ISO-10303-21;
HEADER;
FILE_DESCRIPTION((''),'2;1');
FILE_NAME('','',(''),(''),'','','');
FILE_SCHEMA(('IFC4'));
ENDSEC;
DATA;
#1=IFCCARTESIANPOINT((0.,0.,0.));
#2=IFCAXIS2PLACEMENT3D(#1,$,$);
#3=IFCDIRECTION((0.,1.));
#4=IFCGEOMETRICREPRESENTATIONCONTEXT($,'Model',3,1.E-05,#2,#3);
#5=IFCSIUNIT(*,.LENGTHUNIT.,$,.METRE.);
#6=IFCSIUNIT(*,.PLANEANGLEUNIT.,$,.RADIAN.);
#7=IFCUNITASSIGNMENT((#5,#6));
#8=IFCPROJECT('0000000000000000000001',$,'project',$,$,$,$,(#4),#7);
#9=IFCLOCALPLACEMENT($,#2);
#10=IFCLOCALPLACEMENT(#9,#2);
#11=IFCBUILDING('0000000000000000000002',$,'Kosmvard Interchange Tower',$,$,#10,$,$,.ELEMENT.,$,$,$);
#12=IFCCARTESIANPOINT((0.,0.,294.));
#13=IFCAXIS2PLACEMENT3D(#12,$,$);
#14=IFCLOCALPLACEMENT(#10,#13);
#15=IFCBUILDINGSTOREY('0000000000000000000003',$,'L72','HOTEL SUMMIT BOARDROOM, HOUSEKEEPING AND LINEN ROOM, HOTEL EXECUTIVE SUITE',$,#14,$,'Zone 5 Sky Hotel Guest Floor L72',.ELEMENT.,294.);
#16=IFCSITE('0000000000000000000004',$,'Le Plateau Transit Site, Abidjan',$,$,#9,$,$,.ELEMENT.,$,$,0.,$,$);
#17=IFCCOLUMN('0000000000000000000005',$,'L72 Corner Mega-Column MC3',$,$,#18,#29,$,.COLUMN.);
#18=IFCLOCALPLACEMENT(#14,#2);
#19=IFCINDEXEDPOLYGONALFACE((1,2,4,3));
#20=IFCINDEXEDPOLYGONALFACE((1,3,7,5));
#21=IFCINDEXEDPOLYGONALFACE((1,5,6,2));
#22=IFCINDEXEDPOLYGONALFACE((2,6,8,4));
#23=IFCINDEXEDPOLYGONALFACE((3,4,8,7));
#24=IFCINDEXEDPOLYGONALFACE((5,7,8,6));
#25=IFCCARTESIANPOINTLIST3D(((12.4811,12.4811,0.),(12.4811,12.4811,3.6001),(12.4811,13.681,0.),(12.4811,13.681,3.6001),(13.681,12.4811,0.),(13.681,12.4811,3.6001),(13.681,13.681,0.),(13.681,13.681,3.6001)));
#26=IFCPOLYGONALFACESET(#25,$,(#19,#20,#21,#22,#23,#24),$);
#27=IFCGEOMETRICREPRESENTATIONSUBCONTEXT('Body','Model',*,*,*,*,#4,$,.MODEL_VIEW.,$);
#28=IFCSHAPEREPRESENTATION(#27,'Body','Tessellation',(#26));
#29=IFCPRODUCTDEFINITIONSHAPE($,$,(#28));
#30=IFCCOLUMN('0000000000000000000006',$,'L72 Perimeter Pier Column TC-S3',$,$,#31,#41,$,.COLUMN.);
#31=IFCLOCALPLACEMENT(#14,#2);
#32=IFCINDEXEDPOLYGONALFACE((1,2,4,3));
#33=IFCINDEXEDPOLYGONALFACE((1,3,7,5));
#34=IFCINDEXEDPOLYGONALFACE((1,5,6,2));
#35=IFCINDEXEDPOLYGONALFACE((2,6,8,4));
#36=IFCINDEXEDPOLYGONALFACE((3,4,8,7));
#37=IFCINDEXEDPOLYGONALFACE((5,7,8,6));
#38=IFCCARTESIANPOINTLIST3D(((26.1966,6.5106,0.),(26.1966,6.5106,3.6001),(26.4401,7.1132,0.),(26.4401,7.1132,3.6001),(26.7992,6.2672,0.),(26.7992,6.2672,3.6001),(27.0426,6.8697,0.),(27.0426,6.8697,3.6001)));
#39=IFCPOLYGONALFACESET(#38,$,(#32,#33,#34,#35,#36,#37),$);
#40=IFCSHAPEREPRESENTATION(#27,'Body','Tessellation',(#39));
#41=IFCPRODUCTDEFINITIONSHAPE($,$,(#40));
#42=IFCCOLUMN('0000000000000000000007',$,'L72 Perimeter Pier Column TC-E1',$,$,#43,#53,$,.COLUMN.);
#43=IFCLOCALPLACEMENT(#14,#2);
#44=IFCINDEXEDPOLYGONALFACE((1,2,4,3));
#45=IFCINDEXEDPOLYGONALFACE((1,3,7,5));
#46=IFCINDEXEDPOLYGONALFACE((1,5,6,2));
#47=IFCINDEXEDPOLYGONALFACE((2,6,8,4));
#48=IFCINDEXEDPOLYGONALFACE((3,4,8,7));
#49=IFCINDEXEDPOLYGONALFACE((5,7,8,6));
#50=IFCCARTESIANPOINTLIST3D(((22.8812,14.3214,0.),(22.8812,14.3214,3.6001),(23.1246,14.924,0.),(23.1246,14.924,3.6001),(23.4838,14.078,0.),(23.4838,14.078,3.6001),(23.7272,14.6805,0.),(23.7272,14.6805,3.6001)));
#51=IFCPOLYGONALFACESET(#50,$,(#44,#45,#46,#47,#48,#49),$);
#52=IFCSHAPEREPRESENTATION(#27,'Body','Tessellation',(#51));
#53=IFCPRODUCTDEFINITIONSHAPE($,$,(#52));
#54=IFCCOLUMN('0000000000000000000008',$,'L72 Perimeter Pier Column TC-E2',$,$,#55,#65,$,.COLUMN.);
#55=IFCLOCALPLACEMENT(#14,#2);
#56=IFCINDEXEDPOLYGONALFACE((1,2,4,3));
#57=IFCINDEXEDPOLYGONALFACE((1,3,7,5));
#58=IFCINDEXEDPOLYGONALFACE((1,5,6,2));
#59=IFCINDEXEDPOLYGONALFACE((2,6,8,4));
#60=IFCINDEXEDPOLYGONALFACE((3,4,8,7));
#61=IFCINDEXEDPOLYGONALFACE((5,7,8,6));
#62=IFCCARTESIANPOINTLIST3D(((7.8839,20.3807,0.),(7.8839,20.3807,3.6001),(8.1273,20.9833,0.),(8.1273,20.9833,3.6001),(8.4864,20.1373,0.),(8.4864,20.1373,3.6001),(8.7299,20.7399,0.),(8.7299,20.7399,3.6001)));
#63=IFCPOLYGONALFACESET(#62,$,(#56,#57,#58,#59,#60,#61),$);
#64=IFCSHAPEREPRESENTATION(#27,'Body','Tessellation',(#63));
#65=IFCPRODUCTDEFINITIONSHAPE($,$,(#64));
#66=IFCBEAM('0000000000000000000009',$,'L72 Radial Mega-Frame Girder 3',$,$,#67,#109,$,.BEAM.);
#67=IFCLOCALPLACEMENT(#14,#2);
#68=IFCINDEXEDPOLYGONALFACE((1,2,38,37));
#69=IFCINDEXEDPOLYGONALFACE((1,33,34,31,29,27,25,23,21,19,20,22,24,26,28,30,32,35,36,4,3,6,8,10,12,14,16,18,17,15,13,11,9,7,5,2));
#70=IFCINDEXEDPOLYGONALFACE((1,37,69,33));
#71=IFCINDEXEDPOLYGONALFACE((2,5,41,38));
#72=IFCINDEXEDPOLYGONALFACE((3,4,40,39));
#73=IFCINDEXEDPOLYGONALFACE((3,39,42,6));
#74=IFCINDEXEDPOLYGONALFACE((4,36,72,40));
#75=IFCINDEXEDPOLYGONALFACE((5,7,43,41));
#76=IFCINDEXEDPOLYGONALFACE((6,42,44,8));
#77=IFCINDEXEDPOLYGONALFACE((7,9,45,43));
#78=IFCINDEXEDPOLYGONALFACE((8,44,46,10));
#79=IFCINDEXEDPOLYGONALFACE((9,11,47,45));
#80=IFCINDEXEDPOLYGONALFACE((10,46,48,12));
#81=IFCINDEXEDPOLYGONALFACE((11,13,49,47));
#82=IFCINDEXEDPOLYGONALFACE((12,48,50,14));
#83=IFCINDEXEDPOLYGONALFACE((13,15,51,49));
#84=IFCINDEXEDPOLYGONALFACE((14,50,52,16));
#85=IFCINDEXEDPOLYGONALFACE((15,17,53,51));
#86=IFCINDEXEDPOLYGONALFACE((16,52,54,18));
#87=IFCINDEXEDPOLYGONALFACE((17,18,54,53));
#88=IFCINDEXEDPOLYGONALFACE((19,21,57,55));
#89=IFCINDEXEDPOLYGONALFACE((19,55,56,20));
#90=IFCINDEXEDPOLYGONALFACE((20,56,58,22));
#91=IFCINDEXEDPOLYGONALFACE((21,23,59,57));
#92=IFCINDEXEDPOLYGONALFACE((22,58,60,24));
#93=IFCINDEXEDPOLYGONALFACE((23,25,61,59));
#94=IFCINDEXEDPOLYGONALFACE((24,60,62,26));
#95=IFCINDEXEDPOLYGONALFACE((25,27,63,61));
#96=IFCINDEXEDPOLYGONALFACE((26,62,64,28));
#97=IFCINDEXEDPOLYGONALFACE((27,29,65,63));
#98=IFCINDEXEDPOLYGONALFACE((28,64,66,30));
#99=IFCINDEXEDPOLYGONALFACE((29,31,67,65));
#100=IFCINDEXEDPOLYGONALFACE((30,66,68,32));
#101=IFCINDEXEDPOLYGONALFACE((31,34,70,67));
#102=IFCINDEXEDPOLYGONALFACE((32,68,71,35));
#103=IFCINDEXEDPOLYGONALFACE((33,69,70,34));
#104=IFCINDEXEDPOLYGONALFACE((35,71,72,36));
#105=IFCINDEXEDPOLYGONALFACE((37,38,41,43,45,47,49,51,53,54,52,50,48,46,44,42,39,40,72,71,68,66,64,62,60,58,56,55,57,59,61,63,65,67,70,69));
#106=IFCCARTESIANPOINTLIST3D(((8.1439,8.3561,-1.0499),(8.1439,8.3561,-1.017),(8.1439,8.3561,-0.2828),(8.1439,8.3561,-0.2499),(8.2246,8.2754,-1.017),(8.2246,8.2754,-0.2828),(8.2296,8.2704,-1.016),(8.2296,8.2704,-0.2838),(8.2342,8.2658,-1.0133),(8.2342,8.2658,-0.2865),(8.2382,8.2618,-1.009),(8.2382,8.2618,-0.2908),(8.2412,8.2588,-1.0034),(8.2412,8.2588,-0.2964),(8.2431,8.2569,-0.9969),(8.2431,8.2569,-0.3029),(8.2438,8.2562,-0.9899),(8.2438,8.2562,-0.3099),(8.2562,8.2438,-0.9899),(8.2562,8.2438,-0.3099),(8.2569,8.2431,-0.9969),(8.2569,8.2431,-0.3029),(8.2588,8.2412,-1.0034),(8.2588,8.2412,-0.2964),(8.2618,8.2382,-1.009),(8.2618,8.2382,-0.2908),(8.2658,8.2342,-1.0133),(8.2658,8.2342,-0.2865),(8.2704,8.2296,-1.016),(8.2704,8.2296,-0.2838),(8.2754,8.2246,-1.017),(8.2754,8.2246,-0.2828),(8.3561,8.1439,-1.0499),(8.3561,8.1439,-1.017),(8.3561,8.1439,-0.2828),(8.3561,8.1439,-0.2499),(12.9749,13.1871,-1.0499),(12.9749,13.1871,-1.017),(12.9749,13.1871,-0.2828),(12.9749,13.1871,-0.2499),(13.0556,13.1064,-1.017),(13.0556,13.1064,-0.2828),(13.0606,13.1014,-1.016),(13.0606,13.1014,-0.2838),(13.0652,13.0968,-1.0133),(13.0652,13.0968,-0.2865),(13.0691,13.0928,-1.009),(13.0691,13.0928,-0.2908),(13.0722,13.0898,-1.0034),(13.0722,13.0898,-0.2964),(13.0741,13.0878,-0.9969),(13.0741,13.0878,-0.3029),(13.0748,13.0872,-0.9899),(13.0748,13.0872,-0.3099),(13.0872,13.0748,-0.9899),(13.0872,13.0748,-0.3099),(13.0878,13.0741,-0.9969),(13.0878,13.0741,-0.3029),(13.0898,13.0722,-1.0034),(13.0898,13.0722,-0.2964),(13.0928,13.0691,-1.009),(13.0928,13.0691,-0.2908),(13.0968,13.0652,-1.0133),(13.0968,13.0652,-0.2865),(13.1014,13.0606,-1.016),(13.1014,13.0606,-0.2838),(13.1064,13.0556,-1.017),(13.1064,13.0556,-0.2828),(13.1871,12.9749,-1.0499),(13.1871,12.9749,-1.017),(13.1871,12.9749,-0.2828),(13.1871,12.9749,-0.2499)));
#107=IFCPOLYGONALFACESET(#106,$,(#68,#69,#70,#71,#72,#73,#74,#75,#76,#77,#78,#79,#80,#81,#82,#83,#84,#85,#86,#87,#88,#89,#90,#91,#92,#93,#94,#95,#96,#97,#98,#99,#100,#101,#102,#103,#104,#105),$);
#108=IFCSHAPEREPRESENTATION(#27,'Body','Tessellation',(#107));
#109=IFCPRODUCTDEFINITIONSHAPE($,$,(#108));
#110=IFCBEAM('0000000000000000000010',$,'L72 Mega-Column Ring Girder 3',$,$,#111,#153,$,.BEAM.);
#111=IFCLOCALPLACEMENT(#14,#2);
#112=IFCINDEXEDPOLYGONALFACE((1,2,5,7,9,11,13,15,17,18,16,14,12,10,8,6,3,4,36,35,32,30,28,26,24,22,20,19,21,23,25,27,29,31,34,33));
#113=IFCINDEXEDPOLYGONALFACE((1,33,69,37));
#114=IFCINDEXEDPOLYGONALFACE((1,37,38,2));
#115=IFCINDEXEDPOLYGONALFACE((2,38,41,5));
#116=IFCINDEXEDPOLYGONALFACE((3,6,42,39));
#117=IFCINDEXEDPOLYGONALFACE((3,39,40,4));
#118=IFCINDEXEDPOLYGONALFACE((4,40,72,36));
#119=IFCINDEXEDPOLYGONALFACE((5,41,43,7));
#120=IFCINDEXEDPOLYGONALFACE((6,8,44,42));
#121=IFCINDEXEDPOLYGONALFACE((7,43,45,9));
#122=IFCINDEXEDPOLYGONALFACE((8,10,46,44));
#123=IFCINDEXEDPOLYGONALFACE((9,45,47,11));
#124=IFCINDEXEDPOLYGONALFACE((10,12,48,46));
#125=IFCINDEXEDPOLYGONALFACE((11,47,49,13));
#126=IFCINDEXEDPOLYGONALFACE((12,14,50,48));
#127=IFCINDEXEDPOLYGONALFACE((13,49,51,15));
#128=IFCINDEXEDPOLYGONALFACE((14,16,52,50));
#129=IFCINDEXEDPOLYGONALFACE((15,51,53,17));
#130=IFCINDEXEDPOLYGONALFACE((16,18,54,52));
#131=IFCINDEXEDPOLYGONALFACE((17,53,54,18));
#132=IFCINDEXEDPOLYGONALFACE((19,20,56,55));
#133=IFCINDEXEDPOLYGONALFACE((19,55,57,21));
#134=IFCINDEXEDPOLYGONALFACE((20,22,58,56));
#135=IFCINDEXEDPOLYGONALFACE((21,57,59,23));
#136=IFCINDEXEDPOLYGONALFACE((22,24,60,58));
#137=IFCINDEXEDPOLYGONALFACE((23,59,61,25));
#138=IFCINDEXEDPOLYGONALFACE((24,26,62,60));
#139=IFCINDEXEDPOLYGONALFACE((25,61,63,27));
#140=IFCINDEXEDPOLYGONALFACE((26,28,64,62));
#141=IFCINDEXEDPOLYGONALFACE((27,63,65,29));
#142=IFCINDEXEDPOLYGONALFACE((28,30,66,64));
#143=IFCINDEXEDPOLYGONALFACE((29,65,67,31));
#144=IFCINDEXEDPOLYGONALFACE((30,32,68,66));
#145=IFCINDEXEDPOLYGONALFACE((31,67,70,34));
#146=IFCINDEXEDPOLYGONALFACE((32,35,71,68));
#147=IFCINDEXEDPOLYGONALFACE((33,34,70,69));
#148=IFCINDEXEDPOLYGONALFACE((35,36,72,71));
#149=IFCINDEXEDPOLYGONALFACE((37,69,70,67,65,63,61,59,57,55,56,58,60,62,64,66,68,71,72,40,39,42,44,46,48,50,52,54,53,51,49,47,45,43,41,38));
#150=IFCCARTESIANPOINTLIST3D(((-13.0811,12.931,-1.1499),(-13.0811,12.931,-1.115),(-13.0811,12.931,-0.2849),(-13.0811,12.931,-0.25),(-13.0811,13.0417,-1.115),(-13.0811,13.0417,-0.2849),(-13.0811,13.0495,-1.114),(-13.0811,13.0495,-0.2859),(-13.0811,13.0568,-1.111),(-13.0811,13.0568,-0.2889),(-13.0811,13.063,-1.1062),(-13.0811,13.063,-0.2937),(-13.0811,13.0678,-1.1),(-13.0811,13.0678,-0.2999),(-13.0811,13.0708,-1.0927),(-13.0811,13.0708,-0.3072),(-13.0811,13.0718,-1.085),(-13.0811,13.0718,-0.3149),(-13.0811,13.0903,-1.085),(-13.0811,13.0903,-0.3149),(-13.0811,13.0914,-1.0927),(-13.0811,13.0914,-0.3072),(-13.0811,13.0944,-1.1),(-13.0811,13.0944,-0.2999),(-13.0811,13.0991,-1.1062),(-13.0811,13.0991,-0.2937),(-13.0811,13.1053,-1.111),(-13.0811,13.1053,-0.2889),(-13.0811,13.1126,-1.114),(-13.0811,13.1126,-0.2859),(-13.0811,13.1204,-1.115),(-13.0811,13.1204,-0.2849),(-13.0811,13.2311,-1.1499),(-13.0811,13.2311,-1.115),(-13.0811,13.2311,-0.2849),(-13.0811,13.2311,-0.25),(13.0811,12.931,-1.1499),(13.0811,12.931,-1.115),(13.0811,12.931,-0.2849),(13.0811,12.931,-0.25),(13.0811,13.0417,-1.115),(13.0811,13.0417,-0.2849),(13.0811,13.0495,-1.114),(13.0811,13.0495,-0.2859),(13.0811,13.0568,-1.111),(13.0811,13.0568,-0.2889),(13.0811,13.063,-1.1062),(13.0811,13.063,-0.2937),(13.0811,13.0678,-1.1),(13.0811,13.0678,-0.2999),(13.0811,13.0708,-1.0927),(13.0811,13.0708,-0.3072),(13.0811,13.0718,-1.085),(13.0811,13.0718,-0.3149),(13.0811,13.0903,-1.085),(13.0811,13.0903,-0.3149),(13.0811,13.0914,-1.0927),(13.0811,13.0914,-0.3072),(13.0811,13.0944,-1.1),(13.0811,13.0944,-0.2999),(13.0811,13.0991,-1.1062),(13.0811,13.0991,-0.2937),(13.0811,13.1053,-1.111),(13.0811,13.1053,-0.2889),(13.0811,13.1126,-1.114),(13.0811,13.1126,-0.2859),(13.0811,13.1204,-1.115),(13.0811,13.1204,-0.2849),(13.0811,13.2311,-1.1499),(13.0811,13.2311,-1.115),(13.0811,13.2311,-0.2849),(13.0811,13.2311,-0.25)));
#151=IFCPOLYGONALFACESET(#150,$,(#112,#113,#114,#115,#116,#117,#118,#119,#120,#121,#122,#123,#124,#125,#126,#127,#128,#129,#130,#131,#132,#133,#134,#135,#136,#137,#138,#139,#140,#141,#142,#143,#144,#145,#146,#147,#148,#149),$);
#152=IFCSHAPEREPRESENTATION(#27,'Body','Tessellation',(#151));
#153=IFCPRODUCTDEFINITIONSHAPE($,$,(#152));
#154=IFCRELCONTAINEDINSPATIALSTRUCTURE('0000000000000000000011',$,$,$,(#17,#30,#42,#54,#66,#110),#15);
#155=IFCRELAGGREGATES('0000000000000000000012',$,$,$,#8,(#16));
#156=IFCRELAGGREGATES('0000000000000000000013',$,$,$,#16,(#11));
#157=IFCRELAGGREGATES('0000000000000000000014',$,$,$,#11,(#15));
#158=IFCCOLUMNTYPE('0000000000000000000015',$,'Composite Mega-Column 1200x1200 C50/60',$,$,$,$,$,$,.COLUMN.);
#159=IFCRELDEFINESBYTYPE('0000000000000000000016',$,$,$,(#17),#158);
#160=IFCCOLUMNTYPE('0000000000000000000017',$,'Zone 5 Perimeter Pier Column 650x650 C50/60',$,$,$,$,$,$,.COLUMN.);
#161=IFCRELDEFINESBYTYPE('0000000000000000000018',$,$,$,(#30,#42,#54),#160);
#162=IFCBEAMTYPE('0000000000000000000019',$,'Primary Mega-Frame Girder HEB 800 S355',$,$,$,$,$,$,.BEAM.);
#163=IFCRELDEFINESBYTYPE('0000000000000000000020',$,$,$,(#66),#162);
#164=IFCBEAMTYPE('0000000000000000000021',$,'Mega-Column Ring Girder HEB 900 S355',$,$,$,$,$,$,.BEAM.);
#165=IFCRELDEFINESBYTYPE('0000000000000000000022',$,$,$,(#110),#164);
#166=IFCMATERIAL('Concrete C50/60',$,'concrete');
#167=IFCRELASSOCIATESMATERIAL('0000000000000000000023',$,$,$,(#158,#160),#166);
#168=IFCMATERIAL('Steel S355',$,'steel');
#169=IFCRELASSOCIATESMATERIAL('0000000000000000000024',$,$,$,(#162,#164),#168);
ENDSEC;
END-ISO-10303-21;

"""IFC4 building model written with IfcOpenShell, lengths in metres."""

from ifc_helpers import new_model, si_unit, direction, frame, origin, origin_2d, place, context, subcontext, project, spatial, rectangle, i_section, extrude, source, transform, mapped, material, material_profile, profile_set, type_object, element, save


model = new_model("IFC4")

# Units and contexts
model_context = context("Model", 3, precision=1e-05, world=origin(), true_north=direction((0.0, 1.0)))
body_context = subcontext(model_context, "Body", "Model", "MODEL_VIEW")
ifc_project = project(units=[si_unit("LENGTHUNIT", "METRE"), si_unit("PLANEANGLEUNIT", "RADIAN")], contexts=[model_context])

# Site, building, storey
site_placement = place(None, origin())
site = spatial("IfcSite", under=ifc_project, at=site_placement, Name="Le Plateau Transit Site, Abidjan", CompositionType="ELEMENT", RefElevation=0.0)
building_placement = place(site_placement, origin())
building = spatial("IfcBuilding", under=site, at=building_placement, Name="Kosmvard Interchange Tower", CompositionType="ELEMENT")
storey_placement = place(building_placement, frame((0.0, 0.0, 294.0)))
storey = spatial("IfcBuildingStorey", under=building, at=storey_placement, Name="L72", Description="HOTEL SUMMIT BOARDROOM, HOUSEKEEPING AND LINEN ROOM, HOTEL EXECUTIVE SUITE", LongName="Zone 5 Sky Hotel Guest Floor L72", CompositionType="ELEMENT", Elevation=294.0)

# Columns
ifc_material_1 = material(Name="Concrete C50/60", Category="concrete")
ifc_material_profile_1 = material_profile(ifc_material_1, rectangle(XDim=1.2, YDim=1.2, at=origin_2d()), Name="MC 1200x1200")
ifc_profile_set_1 = profile_set([ifc_material_profile_1], Name="Concrete C50/60")
column_type_1 = type_object("IfcColumnType", Name="Composite Mega-Column 1200x1200 C50/60", PredefinedType="COLUMN", material=ifc_profile_set_1)
shared_shape_1 = source(origin(), body_context, "Body", "SweptSolid", [
    extrude(rectangle(XDim=1.2, YDim=1.2, at=origin_2d()), origin(), (0.0, 0.0, 1.0), 3.6001),
])
column_placement = place(storey_placement, frame((13.0811, 13.0811, 0.0), z_axis=(0.0, 0.0, 1.0), x_axis=(1.0, 0.0, 0.0)))
element("IfcColumn", 1, at=column_placement, inside=storey, type_object=column_type_1, Name="L72 Corner Mega-Column MC3", PredefinedType="COLUMN", context=body_context, shape_type="MappedRepresentation", body=[
    mapped(shared_shape_1, transform((0.0, 0.0, 0.0), scale=1.0)),
])
ifc_material_profile_2 = material_profile(ifc_material_1, rectangle(XDim=0.6499, YDim=0.6499, at=origin_2d()), Name="TC 650x650")
ifc_profile_set_2 = profile_set([ifc_material_profile_2], Name="Concrete C50/60")
column_type_2 = type_object("IfcColumnType", Name="Zone 5 Perimeter Pier Column 650x650 C50/60", PredefinedType="COLUMN", material=ifc_profile_set_2)
shared_shape_2 = source(origin(), body_context, "Body", "SweptSolid", [
    extrude(rectangle(XDim=0.6499, YDim=0.6499, at=origin_2d()), origin(), (0.0, 0.0, 1.0), 3.6001),
])
for number, where, z_axis, x_axis, name in (
    (2, (26.6196, 6.6902, 0.0), (0.0, 0.0, 1.0), (0.374607, 0.927184, 0.0), "L72 Perimeter Pier Column TC-S3"),
    (3, (23.3042, 14.501, 0.0), (0.0, 0.0, 1.0), (0.374607, 0.927184, 0.0), "L72 Perimeter Pier Column TC-E1"),
    (4, (8.3069, 20.5603, 0.0), (0.0, 0.0, 1.0), (0.374607, 0.927184, 0.0), "L72 Perimeter Pier Column TC-E2"),
):
    element("IfcColumn", number, at=place(storey_placement, frame(where, z_axis=z_axis, x_axis=x_axis)), inside=storey, type_object=column_type_2, Name=name, PredefinedType="COLUMN", context=body_context, shape_type="MappedRepresentation", body=[
        mapped(shared_shape_2, transform((0.0, 0.0, 0.0), scale=1.0)),
    ])

# Beams
ifc_material_2 = material(Name="Steel S355", Category="steel")
ifc_material_profile_3 = material_profile(ifc_material_2, i_section(OverallWidth=0.3, OverallDepth=0.8, WebThickness=0.0176, FlangeThickness=0.033, FilletRadius=0.0271, at=origin_2d()), Name="HEB 800")
ifc_profile_set_3 = profile_set([ifc_material_profile_3], Name="Steel S355")
beam_type_1 = type_object("IfcBeamType", Name="Primary Mega-Frame Girder HEB 800 S355", PredefinedType="BEAM", material=ifc_profile_set_3)
shared_shape_3 = source(origin(), body_context, "Body", "SweptSolid", [
    extrude(i_section(OverallWidth=0.3, OverallDepth=0.8, WebThickness=0.0176, FlangeThickness=0.033, FilletRadius=0.0271, at=origin_2d()), origin(), (0.0, 0.0, 1.0), 6.832),
])
beam_1_placement = place(storey_placement, frame((8.25, 8.25, -0.6499), z_axis=(0.707107, 0.707107, 0.0), x_axis=(-0.707107, 0.707107, 0.0)))
element("IfcBeam", 5, at=beam_1_placement, inside=storey, type_object=beam_type_1, Name="L72 Radial Mega-Frame Girder 3", PredefinedType="BEAM", context=body_context, shape_type="MappedRepresentation", body=[
    mapped(shared_shape_3, transform((0.0, 0.0, 0.0), scale=1.0)),
])
ifc_material_profile_4 = material_profile(ifc_material_2, i_section(OverallWidth=0.3, OverallDepth=0.8999, WebThickness=0.0186, FlangeThickness=0.0349, FilletRadius=0.03, at=origin_2d()), Name="HEB 900")
ifc_profile_set_4 = profile_set([ifc_material_profile_4], Name="Steel S355")
beam_type_2 = type_object("IfcBeamType", Name="Mega-Column Ring Girder HEB 900 S355", PredefinedType="BEAM", material=ifc_profile_set_4)
shared_shape_4 = source(origin(), body_context, "Body", "SweptSolid", [
    extrude(i_section(OverallWidth=0.3, OverallDepth=0.8999, WebThickness=0.0186, FlangeThickness=0.0349, FilletRadius=0.03, at=origin_2d()), origin(), (0.0, 0.0, 1.0), 26.1621),
])
beam_2_placement = place(storey_placement, frame((13.0811, 13.0811, -0.7), z_axis=(-1.0, 0.0, 0.0), x_axis=(0.0, -1.0, 0.0)))
element("IfcBeam", 6, at=beam_2_placement, inside=storey, type_object=beam_type_2, Name="L72 Mega-Column Ring Girder 3", PredefinedType="BEAM", context=body_context, shape_type="MappedRepresentation", body=[
    mapped(shared_shape_4, transform((0.0, 0.0, 0.0), scale=1.0)),
])

save(model, "model.ifc")
